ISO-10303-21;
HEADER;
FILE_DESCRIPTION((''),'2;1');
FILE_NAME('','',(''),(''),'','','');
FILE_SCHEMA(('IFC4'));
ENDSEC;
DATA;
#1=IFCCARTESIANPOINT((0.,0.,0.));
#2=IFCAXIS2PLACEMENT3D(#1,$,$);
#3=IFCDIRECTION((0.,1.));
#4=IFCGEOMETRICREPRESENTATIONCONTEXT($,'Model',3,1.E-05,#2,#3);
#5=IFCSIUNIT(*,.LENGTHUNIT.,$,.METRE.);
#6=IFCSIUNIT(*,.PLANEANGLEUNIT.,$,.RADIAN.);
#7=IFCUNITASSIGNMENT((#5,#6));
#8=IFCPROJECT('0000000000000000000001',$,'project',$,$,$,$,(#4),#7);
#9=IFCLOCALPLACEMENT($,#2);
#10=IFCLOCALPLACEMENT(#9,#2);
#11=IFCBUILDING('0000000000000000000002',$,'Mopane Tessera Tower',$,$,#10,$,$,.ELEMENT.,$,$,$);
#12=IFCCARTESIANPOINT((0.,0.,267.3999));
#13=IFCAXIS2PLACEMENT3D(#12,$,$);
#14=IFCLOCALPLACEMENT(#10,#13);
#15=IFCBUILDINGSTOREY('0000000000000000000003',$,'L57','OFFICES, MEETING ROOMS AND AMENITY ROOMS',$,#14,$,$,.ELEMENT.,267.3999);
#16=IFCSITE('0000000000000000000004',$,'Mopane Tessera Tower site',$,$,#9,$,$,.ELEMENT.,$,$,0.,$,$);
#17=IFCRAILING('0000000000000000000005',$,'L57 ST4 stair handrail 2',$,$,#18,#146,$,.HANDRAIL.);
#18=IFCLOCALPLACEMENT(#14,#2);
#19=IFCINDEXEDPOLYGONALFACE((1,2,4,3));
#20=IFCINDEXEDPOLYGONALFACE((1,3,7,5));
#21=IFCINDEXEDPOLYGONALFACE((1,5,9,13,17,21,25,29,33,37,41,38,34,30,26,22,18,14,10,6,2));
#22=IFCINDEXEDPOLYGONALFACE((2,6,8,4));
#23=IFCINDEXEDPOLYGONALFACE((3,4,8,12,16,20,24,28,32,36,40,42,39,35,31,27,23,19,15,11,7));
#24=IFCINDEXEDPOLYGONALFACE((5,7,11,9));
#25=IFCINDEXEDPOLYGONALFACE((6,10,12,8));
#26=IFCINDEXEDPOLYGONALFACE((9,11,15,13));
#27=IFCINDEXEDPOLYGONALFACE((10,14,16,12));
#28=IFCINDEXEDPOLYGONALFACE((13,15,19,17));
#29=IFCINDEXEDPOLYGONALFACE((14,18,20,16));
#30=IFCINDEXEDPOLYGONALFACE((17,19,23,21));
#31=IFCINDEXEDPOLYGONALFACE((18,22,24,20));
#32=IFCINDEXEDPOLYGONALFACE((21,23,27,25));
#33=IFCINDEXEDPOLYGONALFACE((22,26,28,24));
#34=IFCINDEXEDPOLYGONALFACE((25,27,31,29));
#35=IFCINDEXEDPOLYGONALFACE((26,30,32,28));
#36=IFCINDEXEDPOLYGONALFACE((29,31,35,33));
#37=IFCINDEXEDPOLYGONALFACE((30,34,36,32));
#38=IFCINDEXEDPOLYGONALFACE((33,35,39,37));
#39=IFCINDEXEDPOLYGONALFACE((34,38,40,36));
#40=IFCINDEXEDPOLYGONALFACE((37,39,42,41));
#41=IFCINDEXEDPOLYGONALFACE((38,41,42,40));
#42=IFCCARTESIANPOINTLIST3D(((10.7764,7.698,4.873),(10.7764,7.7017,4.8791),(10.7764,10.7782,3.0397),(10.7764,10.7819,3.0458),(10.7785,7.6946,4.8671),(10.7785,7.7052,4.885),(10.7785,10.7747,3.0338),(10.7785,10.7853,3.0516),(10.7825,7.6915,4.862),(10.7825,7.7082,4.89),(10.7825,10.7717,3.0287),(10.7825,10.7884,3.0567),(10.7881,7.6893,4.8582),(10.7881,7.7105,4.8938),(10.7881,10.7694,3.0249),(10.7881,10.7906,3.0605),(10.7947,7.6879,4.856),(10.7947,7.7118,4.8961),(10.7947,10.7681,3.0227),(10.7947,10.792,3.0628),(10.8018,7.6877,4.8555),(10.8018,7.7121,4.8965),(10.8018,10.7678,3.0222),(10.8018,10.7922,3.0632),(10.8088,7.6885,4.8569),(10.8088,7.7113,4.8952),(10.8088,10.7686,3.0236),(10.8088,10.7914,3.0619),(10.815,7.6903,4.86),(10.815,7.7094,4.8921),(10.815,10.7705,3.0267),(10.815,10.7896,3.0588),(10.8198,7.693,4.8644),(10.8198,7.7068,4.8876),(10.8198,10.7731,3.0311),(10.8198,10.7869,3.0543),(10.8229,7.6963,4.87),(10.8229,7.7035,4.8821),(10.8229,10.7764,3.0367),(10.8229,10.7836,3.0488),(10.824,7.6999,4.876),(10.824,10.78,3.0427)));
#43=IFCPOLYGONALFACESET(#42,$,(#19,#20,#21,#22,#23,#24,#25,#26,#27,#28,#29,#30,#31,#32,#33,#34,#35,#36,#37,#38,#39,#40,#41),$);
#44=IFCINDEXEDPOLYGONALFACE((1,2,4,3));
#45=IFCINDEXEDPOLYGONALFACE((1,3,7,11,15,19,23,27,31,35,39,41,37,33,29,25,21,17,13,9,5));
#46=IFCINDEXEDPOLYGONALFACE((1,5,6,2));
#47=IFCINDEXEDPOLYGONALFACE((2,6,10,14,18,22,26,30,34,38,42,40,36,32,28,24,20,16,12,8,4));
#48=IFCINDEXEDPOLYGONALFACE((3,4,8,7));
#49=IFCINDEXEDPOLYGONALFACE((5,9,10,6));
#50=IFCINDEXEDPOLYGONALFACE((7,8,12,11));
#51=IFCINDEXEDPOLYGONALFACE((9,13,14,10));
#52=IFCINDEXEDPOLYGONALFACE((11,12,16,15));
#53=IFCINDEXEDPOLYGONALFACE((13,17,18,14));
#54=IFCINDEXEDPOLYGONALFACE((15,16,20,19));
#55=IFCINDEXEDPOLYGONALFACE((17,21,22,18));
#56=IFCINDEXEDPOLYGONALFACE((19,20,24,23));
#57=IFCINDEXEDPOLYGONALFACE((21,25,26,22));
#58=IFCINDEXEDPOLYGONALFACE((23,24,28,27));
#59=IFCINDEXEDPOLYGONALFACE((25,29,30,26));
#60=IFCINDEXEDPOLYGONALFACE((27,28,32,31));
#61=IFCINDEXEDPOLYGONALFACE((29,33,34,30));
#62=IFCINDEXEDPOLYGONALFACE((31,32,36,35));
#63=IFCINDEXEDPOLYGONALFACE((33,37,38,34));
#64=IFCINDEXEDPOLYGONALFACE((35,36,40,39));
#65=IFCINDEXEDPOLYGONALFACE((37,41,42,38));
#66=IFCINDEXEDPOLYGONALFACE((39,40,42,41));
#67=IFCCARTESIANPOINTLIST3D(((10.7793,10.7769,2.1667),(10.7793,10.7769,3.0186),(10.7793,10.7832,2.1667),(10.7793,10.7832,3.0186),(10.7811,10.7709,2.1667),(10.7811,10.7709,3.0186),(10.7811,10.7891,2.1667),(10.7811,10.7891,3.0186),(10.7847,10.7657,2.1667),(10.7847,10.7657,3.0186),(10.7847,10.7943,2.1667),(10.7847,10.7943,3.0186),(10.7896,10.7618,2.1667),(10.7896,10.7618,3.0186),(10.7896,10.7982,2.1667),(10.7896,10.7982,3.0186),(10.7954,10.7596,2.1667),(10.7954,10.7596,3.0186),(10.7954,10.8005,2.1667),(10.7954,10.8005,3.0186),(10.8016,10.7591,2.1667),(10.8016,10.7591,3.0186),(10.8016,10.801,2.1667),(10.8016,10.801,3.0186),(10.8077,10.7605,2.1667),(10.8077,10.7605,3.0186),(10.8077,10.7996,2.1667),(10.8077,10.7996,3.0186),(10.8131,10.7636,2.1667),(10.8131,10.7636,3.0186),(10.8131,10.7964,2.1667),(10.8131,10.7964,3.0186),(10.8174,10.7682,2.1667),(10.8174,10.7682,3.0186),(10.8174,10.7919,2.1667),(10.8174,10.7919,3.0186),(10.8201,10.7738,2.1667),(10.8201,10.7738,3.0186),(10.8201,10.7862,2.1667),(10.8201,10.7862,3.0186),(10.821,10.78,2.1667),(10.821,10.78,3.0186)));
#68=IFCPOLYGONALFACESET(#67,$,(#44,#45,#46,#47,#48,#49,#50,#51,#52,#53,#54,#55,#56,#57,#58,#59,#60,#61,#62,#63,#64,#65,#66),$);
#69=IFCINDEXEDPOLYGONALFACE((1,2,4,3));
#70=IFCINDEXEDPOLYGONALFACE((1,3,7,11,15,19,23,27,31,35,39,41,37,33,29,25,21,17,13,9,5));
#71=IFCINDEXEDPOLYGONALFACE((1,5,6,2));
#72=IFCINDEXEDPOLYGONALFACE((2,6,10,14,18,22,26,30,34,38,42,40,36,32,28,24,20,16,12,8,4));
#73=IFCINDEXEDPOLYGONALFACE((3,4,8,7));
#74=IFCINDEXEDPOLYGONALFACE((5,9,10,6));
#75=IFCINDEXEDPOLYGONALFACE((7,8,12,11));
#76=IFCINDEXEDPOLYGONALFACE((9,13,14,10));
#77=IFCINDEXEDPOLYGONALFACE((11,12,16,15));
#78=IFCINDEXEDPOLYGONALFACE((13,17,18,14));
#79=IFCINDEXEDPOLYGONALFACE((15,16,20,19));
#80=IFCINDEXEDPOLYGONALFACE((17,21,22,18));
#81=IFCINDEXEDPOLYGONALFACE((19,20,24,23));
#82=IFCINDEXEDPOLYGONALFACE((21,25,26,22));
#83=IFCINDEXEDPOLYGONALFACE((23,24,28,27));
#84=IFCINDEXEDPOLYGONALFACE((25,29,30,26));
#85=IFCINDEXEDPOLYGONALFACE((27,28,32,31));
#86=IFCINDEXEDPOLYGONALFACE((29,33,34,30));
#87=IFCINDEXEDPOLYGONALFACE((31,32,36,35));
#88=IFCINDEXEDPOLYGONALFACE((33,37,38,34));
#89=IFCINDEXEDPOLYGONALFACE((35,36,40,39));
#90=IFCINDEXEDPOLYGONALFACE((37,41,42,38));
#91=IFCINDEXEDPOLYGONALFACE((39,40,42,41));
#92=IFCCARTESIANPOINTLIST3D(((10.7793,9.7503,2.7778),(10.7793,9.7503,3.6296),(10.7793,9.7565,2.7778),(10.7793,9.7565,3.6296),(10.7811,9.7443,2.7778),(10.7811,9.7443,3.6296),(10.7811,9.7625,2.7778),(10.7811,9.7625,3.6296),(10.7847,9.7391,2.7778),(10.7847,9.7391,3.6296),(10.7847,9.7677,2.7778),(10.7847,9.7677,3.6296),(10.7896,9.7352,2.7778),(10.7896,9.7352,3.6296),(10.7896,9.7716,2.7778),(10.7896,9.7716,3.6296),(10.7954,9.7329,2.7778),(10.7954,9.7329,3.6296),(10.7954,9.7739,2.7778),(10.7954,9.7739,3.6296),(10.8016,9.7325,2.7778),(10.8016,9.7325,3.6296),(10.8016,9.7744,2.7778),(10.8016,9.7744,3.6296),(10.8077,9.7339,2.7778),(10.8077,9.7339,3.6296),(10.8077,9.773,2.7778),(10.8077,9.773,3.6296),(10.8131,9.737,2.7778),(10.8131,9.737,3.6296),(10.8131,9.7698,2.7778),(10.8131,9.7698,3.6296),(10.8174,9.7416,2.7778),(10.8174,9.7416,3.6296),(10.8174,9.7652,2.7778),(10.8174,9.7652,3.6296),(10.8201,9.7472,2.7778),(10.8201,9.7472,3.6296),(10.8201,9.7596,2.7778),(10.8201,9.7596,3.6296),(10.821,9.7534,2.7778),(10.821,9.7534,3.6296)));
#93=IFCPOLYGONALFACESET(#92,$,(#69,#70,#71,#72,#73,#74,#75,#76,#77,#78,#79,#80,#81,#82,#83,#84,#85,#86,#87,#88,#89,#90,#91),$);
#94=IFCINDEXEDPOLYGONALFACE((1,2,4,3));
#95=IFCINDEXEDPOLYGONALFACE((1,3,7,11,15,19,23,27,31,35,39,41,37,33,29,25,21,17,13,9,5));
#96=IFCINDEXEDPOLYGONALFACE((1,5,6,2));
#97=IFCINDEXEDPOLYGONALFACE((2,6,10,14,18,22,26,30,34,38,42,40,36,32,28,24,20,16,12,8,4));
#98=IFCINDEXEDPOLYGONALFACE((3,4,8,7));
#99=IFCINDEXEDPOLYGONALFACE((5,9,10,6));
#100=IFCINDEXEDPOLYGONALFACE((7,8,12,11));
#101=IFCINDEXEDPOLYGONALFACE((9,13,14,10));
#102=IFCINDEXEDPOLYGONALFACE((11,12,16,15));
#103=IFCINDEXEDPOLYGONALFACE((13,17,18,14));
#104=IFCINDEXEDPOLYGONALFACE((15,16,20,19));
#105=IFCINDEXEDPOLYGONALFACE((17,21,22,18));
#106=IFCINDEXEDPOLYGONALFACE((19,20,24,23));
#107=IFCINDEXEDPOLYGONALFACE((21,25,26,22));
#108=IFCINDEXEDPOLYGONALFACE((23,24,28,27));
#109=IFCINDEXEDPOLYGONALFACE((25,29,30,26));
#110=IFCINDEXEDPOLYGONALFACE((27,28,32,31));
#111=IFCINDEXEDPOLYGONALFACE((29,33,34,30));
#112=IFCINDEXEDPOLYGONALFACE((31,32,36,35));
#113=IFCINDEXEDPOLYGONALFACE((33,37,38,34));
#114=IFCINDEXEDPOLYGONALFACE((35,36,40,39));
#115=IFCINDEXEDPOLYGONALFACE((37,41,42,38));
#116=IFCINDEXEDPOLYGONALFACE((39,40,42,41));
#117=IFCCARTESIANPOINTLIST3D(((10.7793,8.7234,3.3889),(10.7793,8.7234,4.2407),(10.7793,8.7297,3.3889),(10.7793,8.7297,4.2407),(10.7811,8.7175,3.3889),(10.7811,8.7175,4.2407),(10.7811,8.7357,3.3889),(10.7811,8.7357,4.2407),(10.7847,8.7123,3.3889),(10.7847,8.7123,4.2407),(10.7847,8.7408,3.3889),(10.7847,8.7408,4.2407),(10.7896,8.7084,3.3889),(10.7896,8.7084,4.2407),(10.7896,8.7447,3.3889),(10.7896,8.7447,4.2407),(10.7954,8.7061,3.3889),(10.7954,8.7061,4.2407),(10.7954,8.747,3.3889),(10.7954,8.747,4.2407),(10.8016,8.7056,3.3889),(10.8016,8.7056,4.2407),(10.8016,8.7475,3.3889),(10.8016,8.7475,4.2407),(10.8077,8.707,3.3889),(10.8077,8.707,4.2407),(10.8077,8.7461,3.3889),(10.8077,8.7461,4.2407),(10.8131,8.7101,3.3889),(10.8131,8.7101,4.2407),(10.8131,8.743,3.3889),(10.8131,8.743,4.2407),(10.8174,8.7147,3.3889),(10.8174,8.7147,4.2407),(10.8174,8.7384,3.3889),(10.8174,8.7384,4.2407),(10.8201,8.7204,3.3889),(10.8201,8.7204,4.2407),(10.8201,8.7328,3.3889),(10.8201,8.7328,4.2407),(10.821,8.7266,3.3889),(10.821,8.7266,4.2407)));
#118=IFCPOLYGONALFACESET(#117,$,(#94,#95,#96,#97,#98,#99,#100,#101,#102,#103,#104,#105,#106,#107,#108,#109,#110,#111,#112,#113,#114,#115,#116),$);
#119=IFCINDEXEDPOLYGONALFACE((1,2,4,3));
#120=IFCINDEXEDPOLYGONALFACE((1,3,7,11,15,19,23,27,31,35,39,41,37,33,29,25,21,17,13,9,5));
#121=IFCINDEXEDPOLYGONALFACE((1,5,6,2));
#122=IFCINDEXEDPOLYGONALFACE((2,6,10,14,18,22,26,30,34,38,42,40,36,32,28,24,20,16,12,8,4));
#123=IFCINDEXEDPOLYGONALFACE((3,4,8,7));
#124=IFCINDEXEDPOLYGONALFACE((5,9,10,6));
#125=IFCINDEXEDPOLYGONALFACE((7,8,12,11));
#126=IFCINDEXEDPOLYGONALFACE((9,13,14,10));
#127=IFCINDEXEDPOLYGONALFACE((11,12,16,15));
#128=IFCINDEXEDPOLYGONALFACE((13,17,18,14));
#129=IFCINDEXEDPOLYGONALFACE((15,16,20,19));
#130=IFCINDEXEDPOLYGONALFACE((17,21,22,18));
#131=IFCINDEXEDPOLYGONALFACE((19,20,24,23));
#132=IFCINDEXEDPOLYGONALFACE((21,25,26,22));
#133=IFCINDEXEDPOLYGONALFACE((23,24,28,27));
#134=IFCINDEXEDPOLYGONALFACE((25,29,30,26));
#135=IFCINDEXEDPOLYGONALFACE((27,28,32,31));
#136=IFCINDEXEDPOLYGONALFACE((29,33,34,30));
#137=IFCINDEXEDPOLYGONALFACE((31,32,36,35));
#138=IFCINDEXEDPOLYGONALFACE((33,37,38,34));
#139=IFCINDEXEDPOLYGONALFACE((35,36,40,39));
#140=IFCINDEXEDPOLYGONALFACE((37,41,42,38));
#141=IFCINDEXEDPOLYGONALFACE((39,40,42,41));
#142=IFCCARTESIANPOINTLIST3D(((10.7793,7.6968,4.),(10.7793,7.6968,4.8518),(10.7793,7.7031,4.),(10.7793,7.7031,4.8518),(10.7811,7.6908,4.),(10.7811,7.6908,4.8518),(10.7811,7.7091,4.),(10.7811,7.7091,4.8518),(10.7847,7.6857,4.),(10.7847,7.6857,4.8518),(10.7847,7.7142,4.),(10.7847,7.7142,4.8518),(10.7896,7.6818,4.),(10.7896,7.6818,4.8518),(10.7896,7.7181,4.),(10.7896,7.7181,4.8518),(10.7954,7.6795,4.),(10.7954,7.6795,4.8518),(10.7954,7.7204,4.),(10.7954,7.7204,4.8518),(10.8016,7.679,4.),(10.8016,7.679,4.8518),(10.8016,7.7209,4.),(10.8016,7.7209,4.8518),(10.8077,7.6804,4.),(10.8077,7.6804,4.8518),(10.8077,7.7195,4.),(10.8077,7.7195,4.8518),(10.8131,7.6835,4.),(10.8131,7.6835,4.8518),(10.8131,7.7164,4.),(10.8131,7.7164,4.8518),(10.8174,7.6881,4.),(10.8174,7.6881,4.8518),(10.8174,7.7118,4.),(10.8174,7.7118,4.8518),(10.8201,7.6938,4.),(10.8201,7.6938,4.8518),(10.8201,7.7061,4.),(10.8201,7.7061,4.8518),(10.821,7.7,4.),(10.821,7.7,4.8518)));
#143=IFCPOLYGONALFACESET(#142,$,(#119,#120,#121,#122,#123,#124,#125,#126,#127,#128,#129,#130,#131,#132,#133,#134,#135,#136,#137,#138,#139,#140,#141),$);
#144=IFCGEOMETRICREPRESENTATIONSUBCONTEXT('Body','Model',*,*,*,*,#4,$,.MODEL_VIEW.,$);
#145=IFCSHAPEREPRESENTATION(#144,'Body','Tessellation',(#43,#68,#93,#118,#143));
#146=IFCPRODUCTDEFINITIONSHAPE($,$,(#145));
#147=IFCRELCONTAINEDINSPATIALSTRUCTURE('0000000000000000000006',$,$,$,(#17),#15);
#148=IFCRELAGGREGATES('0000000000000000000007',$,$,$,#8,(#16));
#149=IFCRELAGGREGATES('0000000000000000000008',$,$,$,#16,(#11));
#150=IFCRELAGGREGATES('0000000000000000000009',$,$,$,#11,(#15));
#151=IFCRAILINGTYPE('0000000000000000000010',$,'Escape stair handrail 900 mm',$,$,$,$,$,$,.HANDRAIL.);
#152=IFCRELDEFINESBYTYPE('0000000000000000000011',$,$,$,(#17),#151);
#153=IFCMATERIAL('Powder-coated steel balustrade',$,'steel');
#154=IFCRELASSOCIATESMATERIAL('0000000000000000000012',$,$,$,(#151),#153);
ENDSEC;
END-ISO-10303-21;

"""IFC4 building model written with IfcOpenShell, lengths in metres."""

from ifc_helpers import new_model, si_unit, direction, frame, origin, origin_2d, place, context, subcontext, project, spatial, circle, extrude, material, type_object, element, save


model = new_model("IFC4")

# Units and contexts
model_context = context("Model", 3, precision=1e-05, world=origin(), true_north=direction((0.0, 1.0)))
body_context = subcontext(model_context, "Body", "Model", "MODEL_VIEW")
ifc_project = project(units=[si_unit("LENGTHUNIT", "METRE"), si_unit("PLANEANGLEUNIT", "RADIAN")], contexts=[model_context])

# Site, building, storey
site_placement = place(None, origin())
site = spatial("IfcSite", under=ifc_project, at=site_placement, Name="Mopane Tessera Tower site", CompositionType="ELEMENT", RefElevation=0.0)
building_placement = place(site_placement, origin())
building = spatial("IfcBuilding", under=site, at=building_placement, Name="Mopane Tessera Tower", CompositionType="ELEMENT")
storey_placement = place(building_placement, frame((0.0, 0.0, 267.3999)))
storey = spatial("IfcBuildingStorey", under=building, at=storey_placement, Name="L57", Description="OFFICES, MEETING ROOMS AND AMENITY ROOMS", CompositionType="ELEMENT", Elevation=267.3999)

# Railing
ifc_material_1 = material(Name="Powder-coated steel balustrade", Category="steel")
railing_type_1 = type_object("IfcRailingType", Name="Escape stair handrail 900 mm", PredefinedType="HANDRAIL", material=ifc_material_1)
railing_1_placement = place(storey_placement, frame((10.8, 10.78, 2.1667)))
element("IfcRailing", 1, at=railing_1_placement, inside=storey, type_object=railing_type_1, Name="L57 ST4 stair handrail 2", PredefinedType="HANDRAIL", context=body_context, shape_type="SweptSolid", body=[
    extrude(circle(Radius=0.0239, at=origin_2d()), frame((0.0, 0.0, 0.876), z_axis=(0.0, -0.859309, 0.511458), x_axis=(1.0, 0.0, 0.0)), (0.0, 0.0, 1.0), 3.5845),
    extrude(circle(Radius=0.021, at=origin_2d()), origin(), (0.0, 0.0, 1.0), 0.8518),
    extrude(circle(Radius=0.021, at=origin_2d()), frame((0.0, -1.0266, 0.6111)), (0.0, 0.0, 1.0), 0.8518),
    extrude(circle(Radius=0.021, at=origin_2d()), frame((0.0, -2.0535, 1.2222)), (0.0, 0.0, 1.0), 0.8518),
    extrude(circle(Radius=0.021, at=origin_2d()), frame((0.0, -3.0801, 1.8333)), (0.0, 0.0, 1.0), 0.8518),
])

save(model, "model.ifc")
